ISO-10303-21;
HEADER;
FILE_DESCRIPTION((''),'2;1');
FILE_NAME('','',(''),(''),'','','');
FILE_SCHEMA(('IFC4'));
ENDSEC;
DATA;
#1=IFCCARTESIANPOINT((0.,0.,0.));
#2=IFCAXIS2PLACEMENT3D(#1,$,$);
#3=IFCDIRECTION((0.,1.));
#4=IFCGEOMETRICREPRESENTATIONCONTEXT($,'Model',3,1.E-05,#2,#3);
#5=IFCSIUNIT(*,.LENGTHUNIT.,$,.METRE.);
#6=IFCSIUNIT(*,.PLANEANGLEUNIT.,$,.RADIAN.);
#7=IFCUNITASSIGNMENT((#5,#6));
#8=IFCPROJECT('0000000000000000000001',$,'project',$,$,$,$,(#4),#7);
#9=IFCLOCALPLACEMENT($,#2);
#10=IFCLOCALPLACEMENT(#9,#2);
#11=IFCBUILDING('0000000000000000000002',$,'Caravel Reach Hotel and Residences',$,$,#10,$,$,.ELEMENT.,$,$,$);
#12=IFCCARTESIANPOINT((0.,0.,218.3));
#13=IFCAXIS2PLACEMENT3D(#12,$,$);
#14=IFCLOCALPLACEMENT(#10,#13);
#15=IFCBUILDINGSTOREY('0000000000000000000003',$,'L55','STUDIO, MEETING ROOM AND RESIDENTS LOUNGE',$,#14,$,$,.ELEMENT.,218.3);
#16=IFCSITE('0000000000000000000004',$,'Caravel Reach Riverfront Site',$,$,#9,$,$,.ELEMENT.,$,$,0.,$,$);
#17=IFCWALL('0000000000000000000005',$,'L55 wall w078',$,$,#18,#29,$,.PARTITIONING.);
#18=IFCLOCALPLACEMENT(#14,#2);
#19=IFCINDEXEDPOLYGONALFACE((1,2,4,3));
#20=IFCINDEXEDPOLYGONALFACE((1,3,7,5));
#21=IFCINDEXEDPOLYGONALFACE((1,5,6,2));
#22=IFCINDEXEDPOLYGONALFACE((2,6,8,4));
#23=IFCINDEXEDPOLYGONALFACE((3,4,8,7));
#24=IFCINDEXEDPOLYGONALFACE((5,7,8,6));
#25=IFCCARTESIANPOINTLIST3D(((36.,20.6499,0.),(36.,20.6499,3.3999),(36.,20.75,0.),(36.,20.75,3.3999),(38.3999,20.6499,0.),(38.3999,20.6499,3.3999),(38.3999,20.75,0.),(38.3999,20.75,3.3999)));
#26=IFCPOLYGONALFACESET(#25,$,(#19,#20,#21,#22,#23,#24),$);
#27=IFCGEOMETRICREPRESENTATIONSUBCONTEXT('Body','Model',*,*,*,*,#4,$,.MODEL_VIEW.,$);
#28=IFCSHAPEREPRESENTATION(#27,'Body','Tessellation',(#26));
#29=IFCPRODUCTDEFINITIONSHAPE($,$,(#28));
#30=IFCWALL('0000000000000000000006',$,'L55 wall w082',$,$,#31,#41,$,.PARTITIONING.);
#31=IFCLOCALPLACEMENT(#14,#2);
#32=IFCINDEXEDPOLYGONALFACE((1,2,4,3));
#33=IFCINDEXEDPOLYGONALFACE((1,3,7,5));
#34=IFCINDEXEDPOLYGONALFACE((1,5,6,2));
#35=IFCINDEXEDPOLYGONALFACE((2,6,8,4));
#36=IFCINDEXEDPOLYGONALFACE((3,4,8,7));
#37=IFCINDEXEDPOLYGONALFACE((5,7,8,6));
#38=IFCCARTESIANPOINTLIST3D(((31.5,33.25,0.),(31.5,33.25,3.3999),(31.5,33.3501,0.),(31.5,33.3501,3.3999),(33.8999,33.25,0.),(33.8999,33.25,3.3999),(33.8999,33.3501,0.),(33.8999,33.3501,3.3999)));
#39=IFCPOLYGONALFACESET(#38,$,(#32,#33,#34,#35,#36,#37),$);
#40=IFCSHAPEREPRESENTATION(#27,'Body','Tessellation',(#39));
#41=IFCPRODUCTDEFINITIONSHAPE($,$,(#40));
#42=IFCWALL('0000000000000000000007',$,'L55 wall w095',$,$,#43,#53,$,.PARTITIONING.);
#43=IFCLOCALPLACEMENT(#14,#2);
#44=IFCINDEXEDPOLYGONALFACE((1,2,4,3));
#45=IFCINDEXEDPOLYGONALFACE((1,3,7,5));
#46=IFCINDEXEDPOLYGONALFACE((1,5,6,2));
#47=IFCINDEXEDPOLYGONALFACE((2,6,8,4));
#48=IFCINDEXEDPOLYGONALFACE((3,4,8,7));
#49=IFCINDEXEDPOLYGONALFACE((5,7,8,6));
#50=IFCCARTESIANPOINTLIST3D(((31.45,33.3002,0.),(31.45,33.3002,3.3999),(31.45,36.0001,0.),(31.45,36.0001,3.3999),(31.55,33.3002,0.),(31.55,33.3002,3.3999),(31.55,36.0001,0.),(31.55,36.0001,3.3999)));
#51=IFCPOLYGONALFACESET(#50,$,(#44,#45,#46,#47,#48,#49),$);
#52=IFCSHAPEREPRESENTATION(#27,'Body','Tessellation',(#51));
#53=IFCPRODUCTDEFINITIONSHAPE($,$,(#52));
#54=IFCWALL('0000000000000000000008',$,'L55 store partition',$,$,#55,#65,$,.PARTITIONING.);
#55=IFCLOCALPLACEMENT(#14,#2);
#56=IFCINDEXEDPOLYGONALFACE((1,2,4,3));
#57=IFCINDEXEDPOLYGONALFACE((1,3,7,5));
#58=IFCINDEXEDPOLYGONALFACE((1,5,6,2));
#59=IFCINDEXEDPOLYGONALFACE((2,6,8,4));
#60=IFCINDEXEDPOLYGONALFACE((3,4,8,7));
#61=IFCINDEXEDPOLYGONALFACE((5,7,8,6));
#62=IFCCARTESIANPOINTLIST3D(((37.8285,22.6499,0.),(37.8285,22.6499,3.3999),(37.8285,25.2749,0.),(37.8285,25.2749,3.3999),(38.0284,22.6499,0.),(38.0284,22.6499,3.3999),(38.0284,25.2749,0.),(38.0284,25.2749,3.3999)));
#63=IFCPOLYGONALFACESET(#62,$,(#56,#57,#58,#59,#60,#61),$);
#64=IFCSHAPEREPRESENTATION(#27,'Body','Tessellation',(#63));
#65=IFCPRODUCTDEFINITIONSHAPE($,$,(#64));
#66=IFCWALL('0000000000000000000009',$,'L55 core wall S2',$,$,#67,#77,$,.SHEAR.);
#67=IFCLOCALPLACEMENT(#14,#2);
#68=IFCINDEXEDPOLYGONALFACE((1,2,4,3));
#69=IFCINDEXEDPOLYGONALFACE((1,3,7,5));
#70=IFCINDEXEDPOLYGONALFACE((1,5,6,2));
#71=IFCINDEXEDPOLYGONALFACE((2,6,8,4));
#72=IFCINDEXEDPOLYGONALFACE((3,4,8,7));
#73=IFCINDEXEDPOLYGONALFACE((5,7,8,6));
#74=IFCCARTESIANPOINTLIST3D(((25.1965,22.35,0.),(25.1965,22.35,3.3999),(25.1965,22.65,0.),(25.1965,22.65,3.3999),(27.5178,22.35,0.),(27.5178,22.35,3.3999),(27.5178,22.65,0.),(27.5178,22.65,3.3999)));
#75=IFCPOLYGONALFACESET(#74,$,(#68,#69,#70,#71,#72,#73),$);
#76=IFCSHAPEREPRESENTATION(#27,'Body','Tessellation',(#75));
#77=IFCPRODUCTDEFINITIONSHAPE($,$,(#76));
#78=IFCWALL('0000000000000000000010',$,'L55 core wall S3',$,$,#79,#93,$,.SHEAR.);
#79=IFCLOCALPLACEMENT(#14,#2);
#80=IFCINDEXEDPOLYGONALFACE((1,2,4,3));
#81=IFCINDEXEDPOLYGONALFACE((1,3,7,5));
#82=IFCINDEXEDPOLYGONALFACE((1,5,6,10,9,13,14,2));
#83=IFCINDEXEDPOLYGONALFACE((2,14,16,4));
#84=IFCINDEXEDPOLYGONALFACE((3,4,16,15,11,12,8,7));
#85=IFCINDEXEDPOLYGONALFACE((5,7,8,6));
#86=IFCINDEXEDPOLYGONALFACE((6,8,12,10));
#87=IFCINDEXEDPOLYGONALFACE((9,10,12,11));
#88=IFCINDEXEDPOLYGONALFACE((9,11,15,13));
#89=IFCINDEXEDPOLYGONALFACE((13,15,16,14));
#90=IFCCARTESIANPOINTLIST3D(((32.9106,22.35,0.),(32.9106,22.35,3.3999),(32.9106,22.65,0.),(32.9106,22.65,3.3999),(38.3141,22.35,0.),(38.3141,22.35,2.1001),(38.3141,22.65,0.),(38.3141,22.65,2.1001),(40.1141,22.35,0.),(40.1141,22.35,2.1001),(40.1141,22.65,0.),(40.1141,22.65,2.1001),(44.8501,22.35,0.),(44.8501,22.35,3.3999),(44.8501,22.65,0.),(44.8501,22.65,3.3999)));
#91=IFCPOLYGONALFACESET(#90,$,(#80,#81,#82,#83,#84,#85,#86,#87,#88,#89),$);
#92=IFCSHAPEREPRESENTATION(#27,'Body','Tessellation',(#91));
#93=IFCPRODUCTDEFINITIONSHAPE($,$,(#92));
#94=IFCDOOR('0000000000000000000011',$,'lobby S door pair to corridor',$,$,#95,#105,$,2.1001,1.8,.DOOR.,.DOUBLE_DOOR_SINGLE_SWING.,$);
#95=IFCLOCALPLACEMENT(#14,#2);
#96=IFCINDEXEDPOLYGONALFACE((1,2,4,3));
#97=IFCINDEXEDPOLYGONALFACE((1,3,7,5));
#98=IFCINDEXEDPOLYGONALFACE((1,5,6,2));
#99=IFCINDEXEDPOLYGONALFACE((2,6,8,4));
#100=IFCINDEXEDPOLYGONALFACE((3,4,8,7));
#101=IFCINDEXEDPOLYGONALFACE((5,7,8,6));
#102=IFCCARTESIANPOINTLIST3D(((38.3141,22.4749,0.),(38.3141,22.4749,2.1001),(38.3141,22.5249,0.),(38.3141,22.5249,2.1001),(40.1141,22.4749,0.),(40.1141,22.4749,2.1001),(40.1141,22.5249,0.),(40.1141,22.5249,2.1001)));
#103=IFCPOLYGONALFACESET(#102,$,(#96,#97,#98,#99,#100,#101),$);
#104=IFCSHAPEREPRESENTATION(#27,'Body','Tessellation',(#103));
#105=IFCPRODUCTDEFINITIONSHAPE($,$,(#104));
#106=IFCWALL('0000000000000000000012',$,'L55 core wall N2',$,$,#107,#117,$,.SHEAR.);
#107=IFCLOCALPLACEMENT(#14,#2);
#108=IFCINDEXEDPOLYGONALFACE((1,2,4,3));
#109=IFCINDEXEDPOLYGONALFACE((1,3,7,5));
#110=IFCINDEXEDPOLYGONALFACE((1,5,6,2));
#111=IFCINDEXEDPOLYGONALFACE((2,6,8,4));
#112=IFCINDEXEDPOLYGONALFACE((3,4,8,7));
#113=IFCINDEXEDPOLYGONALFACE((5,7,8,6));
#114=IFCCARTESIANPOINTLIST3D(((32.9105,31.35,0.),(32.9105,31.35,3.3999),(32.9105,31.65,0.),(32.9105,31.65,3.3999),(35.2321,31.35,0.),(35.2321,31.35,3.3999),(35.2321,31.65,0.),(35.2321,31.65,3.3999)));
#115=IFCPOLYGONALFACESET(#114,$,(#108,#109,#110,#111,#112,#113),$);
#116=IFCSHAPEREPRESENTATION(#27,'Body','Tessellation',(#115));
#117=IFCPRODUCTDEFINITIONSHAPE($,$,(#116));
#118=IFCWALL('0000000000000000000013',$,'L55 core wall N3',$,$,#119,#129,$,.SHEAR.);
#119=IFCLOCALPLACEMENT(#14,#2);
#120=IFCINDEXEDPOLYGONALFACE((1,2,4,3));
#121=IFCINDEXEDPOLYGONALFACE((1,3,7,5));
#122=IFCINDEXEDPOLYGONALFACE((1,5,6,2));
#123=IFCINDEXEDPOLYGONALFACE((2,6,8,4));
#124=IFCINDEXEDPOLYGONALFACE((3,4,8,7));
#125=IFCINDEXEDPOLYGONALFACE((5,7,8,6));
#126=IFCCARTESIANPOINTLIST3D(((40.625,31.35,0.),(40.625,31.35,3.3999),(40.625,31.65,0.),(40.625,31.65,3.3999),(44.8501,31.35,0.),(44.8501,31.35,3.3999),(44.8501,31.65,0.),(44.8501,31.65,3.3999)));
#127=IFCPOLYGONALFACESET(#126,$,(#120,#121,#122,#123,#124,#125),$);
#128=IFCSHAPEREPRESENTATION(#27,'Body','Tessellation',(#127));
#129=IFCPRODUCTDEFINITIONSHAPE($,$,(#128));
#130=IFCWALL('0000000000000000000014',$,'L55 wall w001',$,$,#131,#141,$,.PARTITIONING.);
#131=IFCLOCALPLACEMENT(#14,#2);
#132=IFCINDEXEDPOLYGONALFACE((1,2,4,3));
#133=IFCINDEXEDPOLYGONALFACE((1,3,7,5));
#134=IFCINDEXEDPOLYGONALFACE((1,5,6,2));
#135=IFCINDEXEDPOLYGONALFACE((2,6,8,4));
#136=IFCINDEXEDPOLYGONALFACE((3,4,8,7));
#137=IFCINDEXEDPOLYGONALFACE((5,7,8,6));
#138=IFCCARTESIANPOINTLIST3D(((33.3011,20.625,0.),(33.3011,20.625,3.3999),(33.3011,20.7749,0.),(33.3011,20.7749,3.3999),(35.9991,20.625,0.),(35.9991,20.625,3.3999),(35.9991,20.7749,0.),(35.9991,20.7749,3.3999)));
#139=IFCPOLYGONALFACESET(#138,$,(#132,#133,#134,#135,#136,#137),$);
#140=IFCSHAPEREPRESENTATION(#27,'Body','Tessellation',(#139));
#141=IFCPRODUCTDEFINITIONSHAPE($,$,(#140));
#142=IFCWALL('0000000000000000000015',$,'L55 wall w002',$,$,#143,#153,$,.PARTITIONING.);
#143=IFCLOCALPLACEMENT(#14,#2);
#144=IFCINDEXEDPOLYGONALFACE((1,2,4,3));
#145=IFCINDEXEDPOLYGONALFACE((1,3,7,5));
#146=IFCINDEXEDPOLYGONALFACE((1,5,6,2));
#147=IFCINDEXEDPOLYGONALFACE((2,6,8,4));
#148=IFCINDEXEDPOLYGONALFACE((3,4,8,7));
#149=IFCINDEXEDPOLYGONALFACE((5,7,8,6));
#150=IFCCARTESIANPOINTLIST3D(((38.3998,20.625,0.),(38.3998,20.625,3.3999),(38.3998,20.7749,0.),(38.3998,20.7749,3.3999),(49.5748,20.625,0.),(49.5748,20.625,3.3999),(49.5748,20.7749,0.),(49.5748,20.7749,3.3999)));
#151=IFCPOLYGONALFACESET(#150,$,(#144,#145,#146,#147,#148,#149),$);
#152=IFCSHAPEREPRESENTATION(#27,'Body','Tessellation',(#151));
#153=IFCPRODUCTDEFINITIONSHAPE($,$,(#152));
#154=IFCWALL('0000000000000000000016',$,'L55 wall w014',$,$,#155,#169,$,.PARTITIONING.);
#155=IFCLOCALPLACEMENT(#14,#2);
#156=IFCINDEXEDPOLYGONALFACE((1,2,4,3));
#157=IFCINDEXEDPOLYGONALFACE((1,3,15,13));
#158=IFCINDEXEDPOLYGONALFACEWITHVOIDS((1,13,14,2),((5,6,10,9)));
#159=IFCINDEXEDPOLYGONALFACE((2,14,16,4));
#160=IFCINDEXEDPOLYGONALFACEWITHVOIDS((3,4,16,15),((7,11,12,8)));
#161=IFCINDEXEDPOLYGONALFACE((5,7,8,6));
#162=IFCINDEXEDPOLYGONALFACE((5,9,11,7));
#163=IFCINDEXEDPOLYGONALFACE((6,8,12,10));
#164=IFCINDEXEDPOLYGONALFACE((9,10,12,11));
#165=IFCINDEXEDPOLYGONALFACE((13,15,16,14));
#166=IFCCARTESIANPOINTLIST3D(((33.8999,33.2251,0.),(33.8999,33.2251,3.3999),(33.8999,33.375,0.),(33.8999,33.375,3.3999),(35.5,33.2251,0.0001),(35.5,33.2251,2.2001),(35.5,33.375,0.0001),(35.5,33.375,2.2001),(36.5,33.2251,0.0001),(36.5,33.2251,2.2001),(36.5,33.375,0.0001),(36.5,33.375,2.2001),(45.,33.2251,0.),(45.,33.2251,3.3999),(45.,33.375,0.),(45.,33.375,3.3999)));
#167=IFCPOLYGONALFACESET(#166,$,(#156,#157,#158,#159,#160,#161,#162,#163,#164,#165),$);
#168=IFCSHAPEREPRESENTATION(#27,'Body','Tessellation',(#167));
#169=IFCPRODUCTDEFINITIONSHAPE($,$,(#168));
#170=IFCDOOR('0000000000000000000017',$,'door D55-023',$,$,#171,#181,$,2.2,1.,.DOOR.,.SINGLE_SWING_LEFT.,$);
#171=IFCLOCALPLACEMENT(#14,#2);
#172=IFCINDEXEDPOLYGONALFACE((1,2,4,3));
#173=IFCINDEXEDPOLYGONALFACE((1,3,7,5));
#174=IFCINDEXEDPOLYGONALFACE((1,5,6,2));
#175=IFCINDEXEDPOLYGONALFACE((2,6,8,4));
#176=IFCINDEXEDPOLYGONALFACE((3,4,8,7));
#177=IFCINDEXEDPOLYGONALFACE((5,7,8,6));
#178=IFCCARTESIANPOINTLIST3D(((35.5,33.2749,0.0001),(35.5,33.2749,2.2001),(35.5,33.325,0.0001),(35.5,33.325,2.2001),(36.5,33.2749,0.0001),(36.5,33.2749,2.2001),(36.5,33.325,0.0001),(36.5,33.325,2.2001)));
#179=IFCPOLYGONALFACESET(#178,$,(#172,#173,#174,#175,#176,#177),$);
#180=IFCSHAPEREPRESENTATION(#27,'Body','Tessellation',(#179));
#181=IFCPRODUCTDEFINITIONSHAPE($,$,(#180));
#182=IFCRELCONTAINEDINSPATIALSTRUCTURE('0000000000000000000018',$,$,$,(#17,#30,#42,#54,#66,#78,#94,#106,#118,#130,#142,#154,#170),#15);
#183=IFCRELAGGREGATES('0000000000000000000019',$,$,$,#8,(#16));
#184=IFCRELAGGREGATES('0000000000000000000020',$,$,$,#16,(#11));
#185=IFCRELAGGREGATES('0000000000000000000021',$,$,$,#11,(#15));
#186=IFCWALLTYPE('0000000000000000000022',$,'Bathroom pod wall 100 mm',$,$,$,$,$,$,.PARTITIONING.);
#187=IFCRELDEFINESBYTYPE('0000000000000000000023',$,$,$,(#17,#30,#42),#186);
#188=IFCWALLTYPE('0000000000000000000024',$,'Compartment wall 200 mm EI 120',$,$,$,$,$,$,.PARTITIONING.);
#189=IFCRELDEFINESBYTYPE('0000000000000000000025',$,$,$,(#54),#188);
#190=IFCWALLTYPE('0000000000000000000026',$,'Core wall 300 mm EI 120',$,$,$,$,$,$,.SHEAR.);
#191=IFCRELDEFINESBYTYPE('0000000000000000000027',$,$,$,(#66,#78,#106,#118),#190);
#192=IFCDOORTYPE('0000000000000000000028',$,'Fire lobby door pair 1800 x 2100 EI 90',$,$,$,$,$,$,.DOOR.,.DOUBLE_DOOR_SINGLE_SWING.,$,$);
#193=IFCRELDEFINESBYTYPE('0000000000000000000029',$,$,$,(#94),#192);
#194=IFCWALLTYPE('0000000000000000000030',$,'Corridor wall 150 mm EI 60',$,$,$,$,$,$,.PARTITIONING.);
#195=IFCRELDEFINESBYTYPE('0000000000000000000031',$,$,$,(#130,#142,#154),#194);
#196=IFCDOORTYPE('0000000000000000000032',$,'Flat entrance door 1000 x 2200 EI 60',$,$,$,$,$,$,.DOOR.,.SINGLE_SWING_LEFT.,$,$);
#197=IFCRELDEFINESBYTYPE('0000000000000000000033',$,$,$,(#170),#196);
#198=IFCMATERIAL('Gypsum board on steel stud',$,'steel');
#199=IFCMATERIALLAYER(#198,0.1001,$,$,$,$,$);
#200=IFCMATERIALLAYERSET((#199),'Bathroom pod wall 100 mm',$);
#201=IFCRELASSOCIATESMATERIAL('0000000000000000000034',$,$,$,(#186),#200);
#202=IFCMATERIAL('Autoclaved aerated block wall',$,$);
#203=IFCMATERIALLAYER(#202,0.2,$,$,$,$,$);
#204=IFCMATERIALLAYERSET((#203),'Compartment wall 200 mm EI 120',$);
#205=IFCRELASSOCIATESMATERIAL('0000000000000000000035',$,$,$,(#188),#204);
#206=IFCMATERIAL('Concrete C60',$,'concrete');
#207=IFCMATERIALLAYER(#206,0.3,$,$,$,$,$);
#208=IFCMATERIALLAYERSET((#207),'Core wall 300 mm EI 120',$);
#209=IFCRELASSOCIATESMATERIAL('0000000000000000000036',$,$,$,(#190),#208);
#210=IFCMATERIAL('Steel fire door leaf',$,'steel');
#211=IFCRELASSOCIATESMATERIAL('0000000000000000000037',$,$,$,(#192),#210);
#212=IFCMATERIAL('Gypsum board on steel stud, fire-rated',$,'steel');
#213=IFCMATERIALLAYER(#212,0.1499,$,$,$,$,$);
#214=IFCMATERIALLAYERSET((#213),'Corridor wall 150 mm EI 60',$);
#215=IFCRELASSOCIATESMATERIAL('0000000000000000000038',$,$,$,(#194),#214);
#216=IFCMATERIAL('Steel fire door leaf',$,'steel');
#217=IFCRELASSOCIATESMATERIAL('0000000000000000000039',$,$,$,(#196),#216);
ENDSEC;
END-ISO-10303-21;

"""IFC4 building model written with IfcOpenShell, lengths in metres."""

from ifc_helpers import new_model, si_unit, direction, frame, frame_2d, origin, place, context, subcontext, project, spatial, rectangle, extrude, material, layer, layer_set, type_object, element, fill, save


model = new_model("IFC4")

# Units and contexts
model_context = context("Model", 3, precision=1e-05, world=origin(), true_north=direction((0.0, 1.0)))
body_context = subcontext(model_context, "Body", "Model", "MODEL_VIEW")
ifc_project = project(units=[si_unit("LENGTHUNIT", "METRE"), si_unit("PLANEANGLEUNIT", "RADIAN")], contexts=[model_context])

# Site, building, storey
site_placement = place(None, origin())
site = spatial("IfcSite", under=ifc_project, at=site_placement, Name="Caravel Reach Riverfront Site", CompositionType="ELEMENT", RefElevation=0.0)
building_placement = place(site_placement, origin())
building = spatial("IfcBuilding", under=site, at=building_placement, Name="Caravel Reach Hotel and Residences", CompositionType="ELEMENT")
storey_placement = place(building_placement, frame((0.0, 0.0, 218.3)))
storey = spatial("IfcBuildingStorey", under=building, at=storey_placement, Name="L55", Description="STUDIO, MEETING ROOM AND RESIDENTS LOUNGE", CompositionType="ELEMENT", Elevation=218.3)

# Walls
ifc_material_1 = material(Name="Gypsum board on steel stud", Category="steel")
ifc_layer_1 = layer(ifc_material_1, 0.1001)
ifc_layer_set_1 = layer_set([ifc_layer_1], Name="Bathroom pod wall 100 mm")
wall_type_1 = type_object("IfcWallType", Name="Bathroom pod wall 100 mm", PredefinedType="PARTITIONING", material=ifc_layer_set_1)
for number, where, z_axis, x_axis, name in (
    (1, (36.0, 20.7, 0.0), (0.0, 0.0, 1.0), (1.0, 0.0, 0.0), "L55 wall w078"),
    (2, (31.5, 33.3, 0.0), (0.0, 0.0, 1.0), (1.0, 0.0, 0.0), "L55 wall w082"),
):
    element("IfcWall", number, at=place(storey_placement, frame(where, z_axis=z_axis, x_axis=x_axis)), inside=storey, type_object=wall_type_1, Name=name, PredefinedType="PARTITIONING", context=body_context, shape_type="SweptSolid", body=[
        extrude(rectangle(XDim=2.3999, YDim=0.1001, at=frame_2d((1.2, 0.0))), origin(), (0.0, 0.0, 1.0), 3.3999),
    ])
wall_1_placement = place(storey_placement, frame((31.5, 33.3, 0.0), z_axis=(0.0, 0.0, 1.0), x_axis=(0.0, 1.0, 0.0)))
element("IfcWall", 3, at=wall_1_placement, inside=storey, type_object=wall_type_1, Name="L55 wall w095", PredefinedType="PARTITIONING", context=body_context, shape_type="SweptSolid", body=[
    extrude(rectangle(XDim=2.7, YDim=0.1001, at=frame_2d((1.3501, 0.0))), origin(), (0.0, 0.0, 1.0), 3.3999),
])
ifc_material_2 = material(Name="Autoclaved aerated block wall")
ifc_layer_2 = layer(ifc_material_2, 0.2)
ifc_layer_set_2 = layer_set([ifc_layer_2], Name="Compartment wall 200 mm EI 120")
wall_type_2 = type_object("IfcWallType", Name="Compartment wall 200 mm EI 120", PredefinedType="PARTITIONING", material=ifc_layer_set_2)
wall_2_placement = place(storey_placement, frame((37.9285, 22.6499, 0.0), z_axis=(0.0, 0.0, 1.0), x_axis=(0.0, 1.0, 0.0)))
element("IfcWall", 4, at=wall_2_placement, inside=storey, type_object=wall_type_2, Name="L55 store partition", PredefinedType="PARTITIONING", context=body_context, shape_type="SweptSolid", body=[
    extrude(rectangle(XDim=2.625, YDim=0.2, at=frame_2d((1.3125, 0.0))), origin(), (0.0, 0.0, 1.0), 3.3999),
])
ifc_material_3 = material(Name="Concrete C60", Category="concrete")
ifc_layer_3 = layer(ifc_material_3, 0.3)
ifc_layer_set_3 = layer_set([ifc_layer_3], Name="Core wall 300 mm EI 120")
wall_type_3 = type_object("IfcWallType", Name="Core wall 300 mm EI 120", PredefinedType="SHEAR", material=ifc_layer_set_3)
wall_3_placement = place(storey_placement, frame((25.1965, 22.5, 0.0), z_axis=(0.0, 0.0, 1.0), x_axis=(1.0, 0.0, 0.0)))
element("IfcWall", 5, at=wall_3_placement, inside=storey, type_object=wall_type_3, Name="L55 core wall S2", PredefinedType="SHEAR", context=body_context, shape_type="SweptSolid", body=[
    extrude(rectangle(XDim=2.3213, YDim=0.3, at=frame_2d((1.1606, 0.0))), origin(), (0.0, 0.0, 1.0), 3.3999),
])

# Wall, opening, door
wall_4_placement = place(storey_placement, frame((32.9106, 22.5, 0.0), z_axis=(0.0, 0.0, 1.0), x_axis=(1.0, 0.0, 0.0)))
wall_4 = element("IfcWall", 6, at=wall_4_placement, inside=storey, type_object=wall_type_3, Name="L55 core wall S3", PredefinedType="SHEAR", context=body_context, shape_type="SweptSolid", body=[
    extrude(rectangle(XDim=11.9395, YDim=0.3, at=frame_2d((5.9697, 0.0))), origin(), (0.0, 0.0, 1.0), 3.3999),
])
opening_1_placement = place(wall_4_placement, frame((5.4036, 0.0, 0.0)))
opening_1 = element("IfcOpeningElement", 7, at=opening_1_placement, cuts=wall_4, PredefinedType="OPENING", context=body_context, shape_type="SweptSolid", body=[
    extrude(rectangle(XDim=1.8, YDim=2.1001, at=frame_2d((0.8999, 1.05))), frame((0.0, 0.1599, 0.0), z_axis=(0.0, -1.0, 0.0), x_axis=(1.0, 0.0, 0.0)), (0.0, 0.0, 1.0), 0.3201),
])
ifc_material_4 = material(Name="Steel fire door leaf", Category="steel")
door_type_1 = type_object("IfcDoorType", Name="Fire lobby door pair 1800 x 2100 EI 90", OperationType="DOUBLE_DOOR_SINGLE_SWING", PredefinedType="DOOR", material=ifc_material_4)
door_1_placement = place(opening_1_placement, origin())
door_1 = element("IfcDoor", 8, at=door_1_placement, inside=storey, type_object=door_type_1, Name="lobby S door pair to corridor", OperationType="DOUBLE_DOOR_SINGLE_SWING", OverallHeight=2.1001, OverallWidth=1.8, PredefinedType="DOOR", context=body_context, shape_type="SweptSolid", body=[
    extrude(rectangle(XDim=1.8, YDim=2.1001, at=frame_2d((0.8999, 1.05))), frame((0.0, 0.0249, 0.0), z_axis=(0.0, -1.0, 0.0), x_axis=(1.0, 0.0, 0.0)), (0.0, 0.0, 1.0), 0.05),
])
fill(opening_1, door_1)

# Walls
wall_5_placement = place(storey_placement, frame((32.9106, 31.5, 0.0), z_axis=(0.0, 0.0, 1.0), x_axis=(1.0, 0.0, 0.0)))
element("IfcWall", 9, at=wall_5_placement, inside=storey, type_object=wall_type_3, Name="L55 core wall N2", PredefinedType="SHEAR", context=body_context, shape_type="SweptSolid", body=[
    extrude(rectangle(XDim=2.3215, YDim=0.3, at=frame_2d((1.1606, 0.0))), origin(), (0.0, 0.0, 1.0), 3.3999),
])
wall_6_placement = place(storey_placement, frame((40.625, 31.5, 0.0), z_axis=(0.0, 0.0, 1.0), x_axis=(1.0, 0.0, 0.0)))
element("IfcWall", 10, at=wall_6_placement, inside=storey, type_object=wall_type_3, Name="L55 core wall N3", PredefinedType="SHEAR", context=body_context, shape_type="SweptSolid", body=[
    extrude(rectangle(XDim=4.2251, YDim=0.3, at=frame_2d((2.1125, 0.0))), origin(), (0.0, 0.0, 1.0), 3.3999),
])
ifc_material_5 = material(Name="Gypsum board on steel stud, fire-rated", Category="steel")
ifc_layer_4 = layer(ifc_material_5, 0.1499)
ifc_layer_set_4 = layer_set([ifc_layer_4], Name="Corridor wall 150 mm EI 60")
wall_type_4 = type_object("IfcWallType", Name="Corridor wall 150 mm EI 60", PredefinedType="PARTITIONING", material=ifc_layer_set_4)
wall_7_placement = place(storey_placement, frame((33.301, 20.7, 0.0), z_axis=(0.0, 0.0, 1.0), x_axis=(1.0, 0.0, 0.0)))
element("IfcWall", 11, at=wall_7_placement, inside=storey, type_object=wall_type_4, Name="L55 wall w001", PredefinedType="PARTITIONING", context=body_context, shape_type="SweptSolid", body=[
    extrude(rectangle(XDim=2.698, YDim=0.1499, at=frame_2d((1.3491, 0.0))), origin(), (0.0, 0.0, 1.0), 3.3999),
])
wall_8_placement = place(storey_placement, frame((38.3999, 20.7, 0.0), z_axis=(0.0, 0.0, 1.0), x_axis=(1.0, 0.0, 0.0)))
element("IfcWall", 12, at=wall_8_placement, inside=storey, type_object=wall_type_4, Name="L55 wall w002", PredefinedType="PARTITIONING", context=body_context, shape_type="SweptSolid", body=[
    extrude(rectangle(XDim=11.175, YDim=0.1499, at=frame_2d((5.5874, 0.0))), origin(), (0.0, 0.0, 1.0), 3.3999),
])

# Wall, opening, door
wall_9_placement = place(storey_placement, frame((33.8999, 33.3, 0.0), z_axis=(0.0, 0.0, 1.0), x_axis=(1.0, 0.0, 0.0)))
wall_9 = element("IfcWall", 13, at=wall_9_placement, inside=storey, type_object=wall_type_4, Name="L55 wall w014", PredefinedType="PARTITIONING", context=body_context, shape_type="SweptSolid", body=[
    extrude(rectangle(XDim=11.1001, YDim=0.1499, at=frame_2d((5.55, 0.0))), origin(), (0.0, 0.0, 1.0), 3.3999),
])
opening_2_placement = place(wall_9_placement, frame((1.6001, 0.0, 0.0)))
opening_2 = element("IfcOpeningElement", 14, at=opening_2_placement, cuts=wall_9, PredefinedType="OPENING", context=body_context, shape_type="SweptSolid", body=[
    extrude(rectangle(XDim=1.0, YDim=2.2, at=frame_2d((0.5, 1.1001))), frame((0.0, 0.085, 0.0), z_axis=(0.0, -1.0, 0.0), x_axis=(1.0, 0.0, 0.0)), (0.0, 0.0, 1.0), 0.1699),
])
ifc_material_6 = material(Name="Steel fire door leaf", Category="steel")
door_type_2 = type_object("IfcDoorType", Name="Flat entrance door 1000 x 2200 EI 60", OperationType="SINGLE_SWING_LEFT", PredefinedType="DOOR", material=ifc_material_6)
door_2_placement = place(opening_2_placement, origin())
door_2 = element("IfcDoor", 15, at=door_2_placement, inside=storey, type_object=door_type_2, Name="door D55-023", OperationType="SINGLE_SWING_LEFT", OverallHeight=2.2, OverallWidth=1.0, PredefinedType="DOOR", context=body_context, shape_type="SweptSolid", body=[
    extrude(rectangle(XDim=1.0, YDim=2.2, at=frame_2d((0.5, 1.1001))), frame((0.0, 0.0249, 0.0), z_axis=(0.0, -1.0, 0.0), x_axis=(1.0, 0.0, 0.0)), (0.0, 0.0, 1.0), 0.05),
])
fill(opening_2, door_2)

save(model, "model.ifc")
